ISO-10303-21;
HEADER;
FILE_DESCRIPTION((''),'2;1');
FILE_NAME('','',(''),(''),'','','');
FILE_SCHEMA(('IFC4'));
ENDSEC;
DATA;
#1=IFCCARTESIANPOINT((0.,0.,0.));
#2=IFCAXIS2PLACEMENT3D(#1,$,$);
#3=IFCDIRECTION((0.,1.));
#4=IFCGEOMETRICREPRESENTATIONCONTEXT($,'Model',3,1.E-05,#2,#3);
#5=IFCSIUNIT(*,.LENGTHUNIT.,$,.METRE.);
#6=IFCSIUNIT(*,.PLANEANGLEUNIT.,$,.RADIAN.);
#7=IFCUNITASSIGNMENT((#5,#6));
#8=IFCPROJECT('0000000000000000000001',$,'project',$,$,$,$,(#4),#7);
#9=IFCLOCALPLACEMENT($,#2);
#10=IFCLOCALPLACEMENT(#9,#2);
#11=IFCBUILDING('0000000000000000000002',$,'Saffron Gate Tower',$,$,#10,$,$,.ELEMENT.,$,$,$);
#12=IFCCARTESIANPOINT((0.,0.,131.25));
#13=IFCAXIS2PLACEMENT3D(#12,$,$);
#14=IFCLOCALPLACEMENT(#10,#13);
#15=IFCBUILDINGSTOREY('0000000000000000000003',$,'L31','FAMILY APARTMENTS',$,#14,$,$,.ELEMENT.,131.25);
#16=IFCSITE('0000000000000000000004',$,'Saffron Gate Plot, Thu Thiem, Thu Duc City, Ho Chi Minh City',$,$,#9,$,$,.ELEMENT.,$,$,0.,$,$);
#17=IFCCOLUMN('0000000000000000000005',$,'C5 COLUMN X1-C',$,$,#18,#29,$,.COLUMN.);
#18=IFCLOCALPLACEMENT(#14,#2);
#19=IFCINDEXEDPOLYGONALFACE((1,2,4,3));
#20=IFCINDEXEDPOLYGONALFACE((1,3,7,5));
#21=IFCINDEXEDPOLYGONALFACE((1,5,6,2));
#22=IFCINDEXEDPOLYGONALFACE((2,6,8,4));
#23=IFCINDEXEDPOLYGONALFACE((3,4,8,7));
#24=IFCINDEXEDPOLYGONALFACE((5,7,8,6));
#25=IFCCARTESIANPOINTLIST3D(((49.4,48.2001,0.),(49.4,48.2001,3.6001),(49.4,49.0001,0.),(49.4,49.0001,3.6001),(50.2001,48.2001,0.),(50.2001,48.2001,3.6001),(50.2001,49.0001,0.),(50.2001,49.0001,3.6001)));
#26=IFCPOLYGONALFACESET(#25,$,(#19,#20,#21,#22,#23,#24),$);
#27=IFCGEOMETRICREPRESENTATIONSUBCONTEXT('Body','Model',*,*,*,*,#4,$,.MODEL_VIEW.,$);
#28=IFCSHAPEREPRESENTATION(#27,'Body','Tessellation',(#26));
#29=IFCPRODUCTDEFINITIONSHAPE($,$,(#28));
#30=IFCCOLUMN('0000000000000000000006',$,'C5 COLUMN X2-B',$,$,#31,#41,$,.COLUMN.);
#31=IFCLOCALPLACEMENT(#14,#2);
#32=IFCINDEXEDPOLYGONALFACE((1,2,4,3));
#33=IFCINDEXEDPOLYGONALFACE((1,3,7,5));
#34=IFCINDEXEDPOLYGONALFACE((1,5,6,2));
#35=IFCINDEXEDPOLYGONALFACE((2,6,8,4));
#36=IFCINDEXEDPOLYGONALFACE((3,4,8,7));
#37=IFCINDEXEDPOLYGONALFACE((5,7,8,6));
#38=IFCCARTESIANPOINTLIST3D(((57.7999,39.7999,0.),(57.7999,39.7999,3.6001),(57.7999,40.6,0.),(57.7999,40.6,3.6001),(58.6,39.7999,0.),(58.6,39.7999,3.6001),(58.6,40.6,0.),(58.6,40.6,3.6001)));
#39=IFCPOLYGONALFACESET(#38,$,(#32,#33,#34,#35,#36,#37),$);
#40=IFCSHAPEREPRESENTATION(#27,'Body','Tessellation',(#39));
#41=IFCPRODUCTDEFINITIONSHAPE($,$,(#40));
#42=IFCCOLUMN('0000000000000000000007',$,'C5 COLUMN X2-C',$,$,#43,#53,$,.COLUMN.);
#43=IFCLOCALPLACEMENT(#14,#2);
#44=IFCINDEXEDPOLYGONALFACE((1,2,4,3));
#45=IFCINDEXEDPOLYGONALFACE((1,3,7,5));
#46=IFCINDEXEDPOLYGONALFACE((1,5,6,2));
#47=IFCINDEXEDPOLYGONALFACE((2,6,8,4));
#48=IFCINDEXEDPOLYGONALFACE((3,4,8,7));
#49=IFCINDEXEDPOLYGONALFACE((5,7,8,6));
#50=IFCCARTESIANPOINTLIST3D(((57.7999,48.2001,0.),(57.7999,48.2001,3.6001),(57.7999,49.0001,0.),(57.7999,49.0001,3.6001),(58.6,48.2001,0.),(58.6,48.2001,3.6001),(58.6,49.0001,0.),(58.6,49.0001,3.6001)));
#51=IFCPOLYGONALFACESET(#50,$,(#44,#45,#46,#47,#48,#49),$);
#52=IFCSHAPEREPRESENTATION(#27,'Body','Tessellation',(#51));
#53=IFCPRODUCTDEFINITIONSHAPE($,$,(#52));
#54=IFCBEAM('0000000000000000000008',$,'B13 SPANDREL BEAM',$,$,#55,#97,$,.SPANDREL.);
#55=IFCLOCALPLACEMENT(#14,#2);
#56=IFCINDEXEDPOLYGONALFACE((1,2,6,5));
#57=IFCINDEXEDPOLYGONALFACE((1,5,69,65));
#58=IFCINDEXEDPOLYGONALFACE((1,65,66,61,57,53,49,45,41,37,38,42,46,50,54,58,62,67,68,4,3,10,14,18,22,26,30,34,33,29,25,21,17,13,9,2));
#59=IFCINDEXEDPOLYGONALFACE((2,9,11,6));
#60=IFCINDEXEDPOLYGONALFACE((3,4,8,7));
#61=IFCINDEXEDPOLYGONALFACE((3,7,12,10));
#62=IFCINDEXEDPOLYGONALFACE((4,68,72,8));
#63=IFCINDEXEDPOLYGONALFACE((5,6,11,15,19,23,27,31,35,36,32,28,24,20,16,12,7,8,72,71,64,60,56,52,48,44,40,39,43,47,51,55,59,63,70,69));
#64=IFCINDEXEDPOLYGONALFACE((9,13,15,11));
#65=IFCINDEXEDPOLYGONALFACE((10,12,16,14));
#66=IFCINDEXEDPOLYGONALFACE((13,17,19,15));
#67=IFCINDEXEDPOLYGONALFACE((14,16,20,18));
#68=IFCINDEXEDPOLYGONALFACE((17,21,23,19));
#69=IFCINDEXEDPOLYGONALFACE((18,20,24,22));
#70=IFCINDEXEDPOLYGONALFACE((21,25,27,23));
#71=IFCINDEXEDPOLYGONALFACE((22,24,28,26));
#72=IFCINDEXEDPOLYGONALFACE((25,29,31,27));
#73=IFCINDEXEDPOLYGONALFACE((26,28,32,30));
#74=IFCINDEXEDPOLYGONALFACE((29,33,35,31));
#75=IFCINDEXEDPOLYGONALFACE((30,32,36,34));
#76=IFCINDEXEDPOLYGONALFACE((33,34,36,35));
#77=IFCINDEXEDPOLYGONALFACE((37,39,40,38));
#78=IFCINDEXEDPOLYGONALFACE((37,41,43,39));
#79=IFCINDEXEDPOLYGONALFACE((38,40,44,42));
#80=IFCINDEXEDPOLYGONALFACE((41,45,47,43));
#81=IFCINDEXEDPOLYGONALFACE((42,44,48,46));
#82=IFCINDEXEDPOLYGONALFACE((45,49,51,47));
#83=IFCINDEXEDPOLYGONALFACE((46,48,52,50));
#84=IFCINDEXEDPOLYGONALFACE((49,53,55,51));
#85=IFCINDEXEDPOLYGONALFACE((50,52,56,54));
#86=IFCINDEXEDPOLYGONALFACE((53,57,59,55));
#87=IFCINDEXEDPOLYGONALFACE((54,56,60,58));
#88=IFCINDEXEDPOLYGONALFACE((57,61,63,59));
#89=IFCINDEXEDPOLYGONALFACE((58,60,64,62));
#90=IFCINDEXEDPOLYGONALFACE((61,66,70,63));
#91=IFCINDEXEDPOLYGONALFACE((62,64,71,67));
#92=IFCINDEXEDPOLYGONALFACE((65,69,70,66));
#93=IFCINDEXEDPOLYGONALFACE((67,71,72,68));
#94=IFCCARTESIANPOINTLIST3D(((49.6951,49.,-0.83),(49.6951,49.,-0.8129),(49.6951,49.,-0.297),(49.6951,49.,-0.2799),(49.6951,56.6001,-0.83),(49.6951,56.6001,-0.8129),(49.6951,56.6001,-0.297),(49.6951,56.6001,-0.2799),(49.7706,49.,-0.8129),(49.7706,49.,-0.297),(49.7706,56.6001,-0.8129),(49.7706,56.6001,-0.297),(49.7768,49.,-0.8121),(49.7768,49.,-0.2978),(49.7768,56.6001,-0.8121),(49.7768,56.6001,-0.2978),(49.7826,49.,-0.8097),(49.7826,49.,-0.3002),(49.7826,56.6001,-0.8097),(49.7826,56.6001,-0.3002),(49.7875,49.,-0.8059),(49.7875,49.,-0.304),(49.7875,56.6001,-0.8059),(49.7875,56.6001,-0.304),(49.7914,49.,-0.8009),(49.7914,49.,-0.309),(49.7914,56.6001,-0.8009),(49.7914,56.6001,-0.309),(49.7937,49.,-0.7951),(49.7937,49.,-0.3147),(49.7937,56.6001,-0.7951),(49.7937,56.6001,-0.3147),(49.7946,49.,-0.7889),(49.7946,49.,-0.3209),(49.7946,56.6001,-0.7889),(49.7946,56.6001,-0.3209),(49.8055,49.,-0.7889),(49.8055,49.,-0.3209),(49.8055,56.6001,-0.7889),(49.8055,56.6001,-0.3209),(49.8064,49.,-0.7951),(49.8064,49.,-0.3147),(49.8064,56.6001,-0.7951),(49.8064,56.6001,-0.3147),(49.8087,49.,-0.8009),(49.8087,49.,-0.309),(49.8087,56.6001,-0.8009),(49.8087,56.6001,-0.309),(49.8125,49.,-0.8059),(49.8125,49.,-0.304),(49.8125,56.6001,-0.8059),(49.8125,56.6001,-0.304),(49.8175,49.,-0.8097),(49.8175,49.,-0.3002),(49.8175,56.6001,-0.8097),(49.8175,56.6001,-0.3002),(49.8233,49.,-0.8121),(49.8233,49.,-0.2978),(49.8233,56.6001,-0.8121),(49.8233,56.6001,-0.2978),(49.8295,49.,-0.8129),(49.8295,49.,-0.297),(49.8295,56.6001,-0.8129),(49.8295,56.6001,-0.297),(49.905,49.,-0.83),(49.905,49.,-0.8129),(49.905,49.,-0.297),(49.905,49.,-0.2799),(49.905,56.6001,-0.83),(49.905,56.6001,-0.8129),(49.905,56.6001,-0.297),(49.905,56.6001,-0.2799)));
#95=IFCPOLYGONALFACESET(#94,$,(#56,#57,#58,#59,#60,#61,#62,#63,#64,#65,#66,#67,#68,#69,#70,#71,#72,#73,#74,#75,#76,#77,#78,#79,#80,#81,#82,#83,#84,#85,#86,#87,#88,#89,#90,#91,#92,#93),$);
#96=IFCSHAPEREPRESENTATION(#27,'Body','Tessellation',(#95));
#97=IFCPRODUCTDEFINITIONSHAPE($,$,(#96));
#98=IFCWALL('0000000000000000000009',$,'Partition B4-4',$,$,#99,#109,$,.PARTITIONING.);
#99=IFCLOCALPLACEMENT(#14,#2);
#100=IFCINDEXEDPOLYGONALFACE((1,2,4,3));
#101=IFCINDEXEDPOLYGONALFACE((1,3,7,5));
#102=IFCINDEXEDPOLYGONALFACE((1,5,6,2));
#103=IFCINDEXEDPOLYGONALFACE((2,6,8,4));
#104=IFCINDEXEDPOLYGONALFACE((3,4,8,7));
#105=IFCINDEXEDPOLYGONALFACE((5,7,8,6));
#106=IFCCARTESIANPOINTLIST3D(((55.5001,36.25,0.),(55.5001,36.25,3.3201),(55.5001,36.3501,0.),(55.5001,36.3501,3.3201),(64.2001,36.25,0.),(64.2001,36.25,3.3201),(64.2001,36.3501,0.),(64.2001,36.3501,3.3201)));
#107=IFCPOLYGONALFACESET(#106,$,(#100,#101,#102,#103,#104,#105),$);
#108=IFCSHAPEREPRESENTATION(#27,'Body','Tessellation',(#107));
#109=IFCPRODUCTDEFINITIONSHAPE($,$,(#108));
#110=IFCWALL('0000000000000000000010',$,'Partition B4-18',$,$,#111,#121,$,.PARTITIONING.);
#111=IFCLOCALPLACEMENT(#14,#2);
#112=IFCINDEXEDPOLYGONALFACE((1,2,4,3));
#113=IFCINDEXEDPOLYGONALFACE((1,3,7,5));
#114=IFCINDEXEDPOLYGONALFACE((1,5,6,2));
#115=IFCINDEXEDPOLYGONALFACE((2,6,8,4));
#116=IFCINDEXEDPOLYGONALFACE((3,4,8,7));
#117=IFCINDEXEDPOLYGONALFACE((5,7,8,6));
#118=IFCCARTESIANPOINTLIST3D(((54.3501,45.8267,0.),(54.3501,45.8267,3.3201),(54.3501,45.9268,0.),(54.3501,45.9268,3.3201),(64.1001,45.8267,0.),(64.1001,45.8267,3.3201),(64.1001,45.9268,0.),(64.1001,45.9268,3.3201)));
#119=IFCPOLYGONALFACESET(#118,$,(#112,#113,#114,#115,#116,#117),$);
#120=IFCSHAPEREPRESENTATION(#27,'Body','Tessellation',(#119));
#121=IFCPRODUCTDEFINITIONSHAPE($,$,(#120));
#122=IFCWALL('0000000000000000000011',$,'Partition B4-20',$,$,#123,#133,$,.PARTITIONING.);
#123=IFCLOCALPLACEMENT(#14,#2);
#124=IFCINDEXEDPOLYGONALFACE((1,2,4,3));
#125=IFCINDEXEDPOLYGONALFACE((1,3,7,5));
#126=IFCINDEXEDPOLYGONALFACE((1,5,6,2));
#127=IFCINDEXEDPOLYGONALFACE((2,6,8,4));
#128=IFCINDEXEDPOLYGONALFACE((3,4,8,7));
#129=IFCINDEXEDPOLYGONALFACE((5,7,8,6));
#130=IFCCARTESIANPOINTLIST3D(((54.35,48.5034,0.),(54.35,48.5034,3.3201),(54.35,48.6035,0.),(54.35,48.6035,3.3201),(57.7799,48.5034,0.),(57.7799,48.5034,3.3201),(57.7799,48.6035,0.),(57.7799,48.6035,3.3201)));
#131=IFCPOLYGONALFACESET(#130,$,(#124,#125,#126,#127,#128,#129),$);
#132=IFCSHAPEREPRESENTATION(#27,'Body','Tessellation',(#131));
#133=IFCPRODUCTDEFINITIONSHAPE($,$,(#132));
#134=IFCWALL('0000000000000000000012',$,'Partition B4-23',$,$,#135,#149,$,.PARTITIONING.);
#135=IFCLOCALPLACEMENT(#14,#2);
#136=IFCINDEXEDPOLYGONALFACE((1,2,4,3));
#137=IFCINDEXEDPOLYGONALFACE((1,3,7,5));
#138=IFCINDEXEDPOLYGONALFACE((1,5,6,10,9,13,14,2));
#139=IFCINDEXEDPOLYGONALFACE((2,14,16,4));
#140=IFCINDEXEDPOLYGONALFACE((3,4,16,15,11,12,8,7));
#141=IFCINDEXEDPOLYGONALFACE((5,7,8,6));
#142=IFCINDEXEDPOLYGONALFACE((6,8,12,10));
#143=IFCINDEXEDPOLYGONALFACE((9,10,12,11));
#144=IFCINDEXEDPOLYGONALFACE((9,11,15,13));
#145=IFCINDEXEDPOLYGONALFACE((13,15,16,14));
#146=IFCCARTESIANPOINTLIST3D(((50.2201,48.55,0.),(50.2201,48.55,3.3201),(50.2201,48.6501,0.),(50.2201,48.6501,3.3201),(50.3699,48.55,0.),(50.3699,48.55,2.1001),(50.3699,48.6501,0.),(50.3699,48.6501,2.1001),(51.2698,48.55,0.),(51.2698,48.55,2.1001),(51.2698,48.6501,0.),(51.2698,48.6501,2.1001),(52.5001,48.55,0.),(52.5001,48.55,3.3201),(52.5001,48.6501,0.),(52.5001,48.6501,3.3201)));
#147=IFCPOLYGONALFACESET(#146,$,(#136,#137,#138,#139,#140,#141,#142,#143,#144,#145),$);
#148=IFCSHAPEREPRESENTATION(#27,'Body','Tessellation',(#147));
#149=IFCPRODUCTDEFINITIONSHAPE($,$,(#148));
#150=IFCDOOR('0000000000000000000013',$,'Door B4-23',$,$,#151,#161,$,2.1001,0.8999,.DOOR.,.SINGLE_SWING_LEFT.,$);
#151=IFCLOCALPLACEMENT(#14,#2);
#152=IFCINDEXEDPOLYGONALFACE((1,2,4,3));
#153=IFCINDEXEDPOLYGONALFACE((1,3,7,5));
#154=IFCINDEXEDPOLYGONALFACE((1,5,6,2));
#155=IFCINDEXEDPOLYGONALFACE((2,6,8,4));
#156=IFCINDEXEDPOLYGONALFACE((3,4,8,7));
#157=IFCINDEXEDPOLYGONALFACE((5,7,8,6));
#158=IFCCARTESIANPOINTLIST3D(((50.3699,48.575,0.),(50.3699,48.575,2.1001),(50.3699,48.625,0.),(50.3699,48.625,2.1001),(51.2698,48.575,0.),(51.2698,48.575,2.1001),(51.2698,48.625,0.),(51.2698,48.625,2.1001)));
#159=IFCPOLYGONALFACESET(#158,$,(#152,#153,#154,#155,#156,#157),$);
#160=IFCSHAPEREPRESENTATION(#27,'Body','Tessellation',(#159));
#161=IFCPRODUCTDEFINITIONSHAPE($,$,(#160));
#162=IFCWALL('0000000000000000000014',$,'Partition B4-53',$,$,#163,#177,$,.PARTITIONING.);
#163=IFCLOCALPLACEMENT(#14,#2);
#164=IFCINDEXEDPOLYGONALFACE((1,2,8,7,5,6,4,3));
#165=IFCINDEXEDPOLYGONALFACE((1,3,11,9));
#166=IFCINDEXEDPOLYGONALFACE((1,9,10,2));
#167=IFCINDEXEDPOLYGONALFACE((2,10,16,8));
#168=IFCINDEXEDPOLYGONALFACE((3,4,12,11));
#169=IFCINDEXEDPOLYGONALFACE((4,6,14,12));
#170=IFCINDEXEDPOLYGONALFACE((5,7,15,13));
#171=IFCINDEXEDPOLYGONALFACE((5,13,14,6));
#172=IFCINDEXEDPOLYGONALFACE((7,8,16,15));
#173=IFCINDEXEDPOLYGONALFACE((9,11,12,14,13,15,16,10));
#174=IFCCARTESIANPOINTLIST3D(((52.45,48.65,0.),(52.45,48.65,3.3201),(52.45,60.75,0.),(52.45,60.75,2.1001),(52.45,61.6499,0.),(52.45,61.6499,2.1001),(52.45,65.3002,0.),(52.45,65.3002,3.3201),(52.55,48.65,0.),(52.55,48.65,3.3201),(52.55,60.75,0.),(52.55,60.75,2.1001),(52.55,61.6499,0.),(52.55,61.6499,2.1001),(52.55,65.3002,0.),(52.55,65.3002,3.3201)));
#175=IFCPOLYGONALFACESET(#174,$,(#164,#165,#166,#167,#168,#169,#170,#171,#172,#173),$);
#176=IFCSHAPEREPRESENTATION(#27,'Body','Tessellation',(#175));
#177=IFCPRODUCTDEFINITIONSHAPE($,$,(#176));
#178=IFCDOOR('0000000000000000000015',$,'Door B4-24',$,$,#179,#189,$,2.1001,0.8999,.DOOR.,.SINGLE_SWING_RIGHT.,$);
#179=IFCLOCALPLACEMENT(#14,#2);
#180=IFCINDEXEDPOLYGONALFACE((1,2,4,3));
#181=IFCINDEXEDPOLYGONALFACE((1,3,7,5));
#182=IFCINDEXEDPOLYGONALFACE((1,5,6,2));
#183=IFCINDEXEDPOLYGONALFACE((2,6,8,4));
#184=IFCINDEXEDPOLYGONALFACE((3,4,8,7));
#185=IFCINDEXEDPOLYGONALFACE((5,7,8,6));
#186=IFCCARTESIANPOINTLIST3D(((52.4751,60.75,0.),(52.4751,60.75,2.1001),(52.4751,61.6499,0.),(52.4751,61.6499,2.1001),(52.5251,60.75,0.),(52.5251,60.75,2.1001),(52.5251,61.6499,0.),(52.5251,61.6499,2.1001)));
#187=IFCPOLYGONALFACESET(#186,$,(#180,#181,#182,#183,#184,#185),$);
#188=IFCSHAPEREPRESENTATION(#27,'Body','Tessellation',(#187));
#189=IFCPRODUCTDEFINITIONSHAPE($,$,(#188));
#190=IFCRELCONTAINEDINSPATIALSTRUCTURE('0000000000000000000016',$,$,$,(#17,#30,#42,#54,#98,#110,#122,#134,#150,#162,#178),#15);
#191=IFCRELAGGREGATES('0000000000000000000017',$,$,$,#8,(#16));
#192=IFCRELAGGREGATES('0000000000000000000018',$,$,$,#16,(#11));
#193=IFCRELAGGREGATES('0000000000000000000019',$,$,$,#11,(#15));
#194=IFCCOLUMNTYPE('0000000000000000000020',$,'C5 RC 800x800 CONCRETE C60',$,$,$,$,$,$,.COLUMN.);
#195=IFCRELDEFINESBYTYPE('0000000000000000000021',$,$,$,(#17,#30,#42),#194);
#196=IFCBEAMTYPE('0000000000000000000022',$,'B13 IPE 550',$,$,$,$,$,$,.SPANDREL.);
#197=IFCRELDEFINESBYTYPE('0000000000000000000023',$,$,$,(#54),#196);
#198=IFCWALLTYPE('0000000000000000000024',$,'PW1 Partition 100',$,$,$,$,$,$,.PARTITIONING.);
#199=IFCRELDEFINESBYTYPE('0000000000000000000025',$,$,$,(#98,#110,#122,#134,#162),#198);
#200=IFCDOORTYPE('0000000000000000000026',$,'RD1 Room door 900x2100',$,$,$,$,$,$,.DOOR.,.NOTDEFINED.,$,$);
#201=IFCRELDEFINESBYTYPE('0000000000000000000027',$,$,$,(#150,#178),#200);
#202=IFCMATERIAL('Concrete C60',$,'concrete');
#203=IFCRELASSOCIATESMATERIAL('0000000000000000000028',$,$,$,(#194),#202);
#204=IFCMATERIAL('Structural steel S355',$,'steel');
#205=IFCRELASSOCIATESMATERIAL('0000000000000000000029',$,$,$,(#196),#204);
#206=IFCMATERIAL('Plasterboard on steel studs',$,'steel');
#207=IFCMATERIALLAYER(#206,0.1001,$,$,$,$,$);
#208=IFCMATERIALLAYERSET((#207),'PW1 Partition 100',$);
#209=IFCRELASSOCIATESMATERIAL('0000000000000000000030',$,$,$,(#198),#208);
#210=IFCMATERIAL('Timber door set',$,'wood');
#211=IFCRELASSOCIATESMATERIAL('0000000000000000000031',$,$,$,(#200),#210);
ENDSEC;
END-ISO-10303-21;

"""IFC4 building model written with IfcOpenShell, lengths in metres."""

from ifc_helpers import new_model, si_unit, direction, frame, frame_2d, origin, origin_2d, place, context, subcontext, project, spatial, rectangle, i_section, extrude, material, layer, layer_set, material_profile, profile_set, type_object, element, fill, save


model = new_model("IFC4")

# Units and contexts
model_context = context("Model", 3, precision=1e-05, world=origin(), true_north=direction((0.0, 1.0)))
body_context = subcontext(model_context, "Body", "Model", "MODEL_VIEW")
ifc_project = project(units=[si_unit("LENGTHUNIT", "METRE"), si_unit("PLANEANGLEUNIT", "RADIAN")], contexts=[model_context])

# Site, building, storey
site_placement = place(None, origin())
site = spatial("IfcSite", under=ifc_project, at=site_placement, Name="Saffron Gate Plot, Thu Thiem, Thu Duc City, Ho Chi Minh City", CompositionType="ELEMENT", RefElevation=0.0)
building_placement = place(site_placement, origin())
building = spatial("IfcBuilding", under=site, at=building_placement, Name="Saffron Gate Tower", CompositionType="ELEMENT")
storey_placement = place(building_placement, frame((0.0, 0.0, 131.25)))
storey = spatial("IfcBuildingStorey", under=building, at=storey_placement, Name="L31", Description="FAMILY APARTMENTS", CompositionType="ELEMENT", Elevation=131.25)

# Columns
ifc_material_1 = material(Name="Concrete C60", Category="concrete")
ifc_material_profile_1 = material_profile(ifc_material_1, rectangle(XDim=0.8, YDim=0.8, at=origin_2d()))
ifc_profile_set_1 = profile_set([ifc_material_profile_1], Name="Concrete C60")
column_type = type_object("IfcColumnType", Name="C5 RC 800x800 CONCRETE C60", PredefinedType="COLUMN", material=ifc_profile_set_1)
for number, where, z_axis, x_axis, name in (
    (1, (49.8, 48.6001, 0.0), (0.0, 0.0, 1.0), (1.0, 0.0, 0.0), "C5 COLUMN X1-C"),
    (2, (58.2, 40.2, 0.0), (0.0, 0.0, 1.0), (1.0, 0.0, 0.0), "C5 COLUMN X2-B"),
    (3, (58.2, 48.6001, 0.0), (0.0, 0.0, 1.0), (1.0, 0.0, 0.0), "C5 COLUMN X2-C"),
):
    element("IfcColumn", number, at=place(storey_placement, frame(where, z_axis=z_axis, x_axis=x_axis)), inside=storey, type_object=column_type, Name=name, PredefinedType="COLUMN", context=body_context, shape_type="SweptSolid", body=[
        extrude(rectangle(XDim=0.8, YDim=0.8, at=origin_2d()), origin(), (0.0, 0.0, 1.0), 3.6001),
    ])

# Beam
ifc_material_2 = material(Name="Structural steel S355", Category="steel")
ifc_material_profile_2 = material_profile(ifc_material_2, i_section(OverallWidth=0.21, OverallDepth=0.55, WebThickness=0.011, FlangeThickness=0.0171, FilletRadius=0.0239, at=origin_2d()))
ifc_profile_set_2 = profile_set([ifc_material_profile_2], Name="Structural steel S355")
beam_type = type_object("IfcBeamType", Name="B13 IPE 550", PredefinedType="SPANDREL", material=ifc_profile_set_2)
beam_placement = place(storey_placement, frame((49.8, 49.0, -0.5549), z_axis=(0.0, 1.0, 0.0), x_axis=(-1.0, 0.0, 0.0)))
element("IfcBeam", 4, at=beam_placement, inside=storey, type_object=beam_type, Name="B13 SPANDREL BEAM", PredefinedType="SPANDREL", context=body_context, shape_type="SweptSolid", body=[
    extrude(i_section(OverallWidth=0.21, OverallDepth=0.55, WebThickness=0.011, FlangeThickness=0.0171, FilletRadius=0.0239, at=origin_2d()), origin(), (0.0, 0.0, 1.0), 7.6001),
])

# Walls
ifc_material_3 = material(Name="Plasterboard on steel studs", Category="steel")
ifc_layer = layer(ifc_material_3, 0.1001)
ifc_layer_set = layer_set([ifc_layer], Name="PW1 Partition 100")
wall_type = type_object("IfcWallType", Name="PW1 Partition 100", PredefinedType="PARTITIONING", material=ifc_layer_set)
wall_1_placement = place(storey_placement, frame((55.5, 36.3, 0.0), z_axis=(0.0, 0.0, 1.0), x_axis=(1.0, 0.0, 0.0)))
element("IfcWall", 5, at=wall_1_placement, inside=storey, type_object=wall_type, Name="Partition B4-4", PredefinedType="PARTITIONING", context=body_context, shape_type="SweptSolid", body=[
    extrude(rectangle(XDim=8.7, YDim=0.1001, at=frame_2d((4.3501, 0.0))), origin(), (0.0, 0.0, 1.0), 3.3201),
])
wall_2_placement = place(storey_placement, frame((54.3501, 45.8767, 0.0), z_axis=(0.0, 0.0, 1.0), x_axis=(1.0, 0.0, 0.0)))
element("IfcWall", 6, at=wall_2_placement, inside=storey, type_object=wall_type, Name="Partition B4-18", PredefinedType="PARTITIONING", context=body_context, shape_type="SweptSolid", body=[
    extrude(rectangle(XDim=9.75, YDim=0.1001, at=frame_2d((4.875, 0.0))), origin(), (0.0, 0.0, 1.0), 3.3201),
])
wall_3_placement = place(storey_placement, frame((54.3501, 48.5535, 0.0), z_axis=(0.0, 0.0, 1.0), x_axis=(1.0, 0.0, 0.0)))
element("IfcWall", 7, at=wall_3_placement, inside=storey, type_object=wall_type, Name="Partition B4-20", PredefinedType="PARTITIONING", context=body_context, shape_type="SweptSolid", body=[
    extrude(rectangle(XDim=3.4299, YDim=0.1001, at=frame_2d((1.7148, 0.0))), origin(), (0.0, 0.0, 1.0), 3.3201),
])

# Walls, openings, doors
wall_4_placement = place(storey_placement, frame((50.22, 48.6001, 0.0), z_axis=(0.0, 0.0, 1.0), x_axis=(1.0, 0.0, 0.0)))
wall_4 = element("IfcWall", 8, at=wall_4_placement, inside=storey, type_object=wall_type, Name="Partition B4-23", PredefinedType="PARTITIONING", context=body_context, shape_type="SweptSolid", body=[
    extrude(rectangle(XDim=2.28, YDim=0.1001, at=frame_2d((1.1401, 0.0))), origin(), (0.0, 0.0, 1.0), 3.3201),
])
opening_1_placement = place(wall_4_placement, frame((0.1499, 0.0, 0.0)))
opening_1 = element("IfcOpeningElement", 9, at=opening_1_placement, cuts=wall_4, PredefinedType="OPENING", context=body_context, shape_type="SweptSolid", body=[
    extrude(rectangle(XDim=0.8999, YDim=2.1001, at=frame_2d((0.45, 1.05))), frame((0.0, 0.0601, 0.0), z_axis=(0.0, -1.0, 0.0), x_axis=(1.0, 0.0, 0.0)), (0.0, 0.0, 1.0), 0.1201),
])
ifc_material_4 = material(Name="Timber door set", Category="wood")
door_type_1 = type_object("IfcDoorType", Name="RD1 Room door 900x2100", OperationType="NOTDEFINED", PredefinedType="DOOR", material=ifc_material_4)
door_1_placement = place(opening_1_placement, origin())
door_1 = element("IfcDoor", 10, at=door_1_placement, inside=storey, type_object=door_type_1, Name="Door B4-23", OperationType="SINGLE_SWING_LEFT", OverallHeight=2.1001, OverallWidth=0.8999, PredefinedType="DOOR", context=body_context, shape_type="SweptSolid", body=[
    extrude(rectangle(XDim=0.8999, YDim=2.1001, at=frame_2d((0.45, 1.05))), frame((0.0, 0.0249, 0.0), z_axis=(0.0, -1.0, 0.0), x_axis=(1.0, 0.0, 0.0)), (0.0, 0.0, 1.0), 0.05),
])
fill(opening_1, door_1)
wall_5_placement = place(storey_placement, frame((52.5, 48.6499, 0.0), z_axis=(0.0, 0.0, 1.0), x_axis=(0.0, 1.0, 0.0)))
wall_5 = element("IfcWall", 11, at=wall_5_placement, inside=storey, type_object=wall_type, Name="Partition B4-53", PredefinedType="PARTITIONING", context=body_context, shape_type="SweptSolid", body=[
    extrude(rectangle(XDim=16.6501, YDim=0.1001, at=frame_2d((8.3252, 0.0))), origin(), (0.0, 0.0, 1.0), 3.3201),
])
opening_2_placement = place(wall_5_placement, frame((12.1001, 0.0, 0.0)))
opening_2 = element("IfcOpeningElement", 12, at=opening_2_placement, cuts=wall_5, PredefinedType="OPENING", context=body_context, shape_type="SweptSolid", body=[
    extrude(rectangle(XDim=0.8999, YDim=2.1001, at=frame_2d((0.45, 1.05))), frame((0.0, 0.0601, 0.0), z_axis=(0.0, -1.0, 0.0), x_axis=(1.0, 0.0, 0.0)), (0.0, 0.0, 1.0), 0.1201),
])
door_2_placement = place(opening_2_placement, origin())
door_2 = element("IfcDoor", 13, at=door_2_placement, inside=storey, type_object=door_type_1, Name="Door B4-24", OperationType="SINGLE_SWING_RIGHT", OverallHeight=2.1001, OverallWidth=0.8999, PredefinedType="DOOR", context=body_context, shape_type="SweptSolid", body=[
    extrude(rectangle(XDim=0.8999, YDim=2.1001, at=frame_2d((0.45, 1.05))), frame((0.0, 0.0249, 0.0), z_axis=(0.0, -1.0, 0.0), x_axis=(1.0, 0.0, 0.0)), (0.0, 0.0, 1.0), 0.05),
])
fill(opening_2, door_2)

save(model, "model.ifc")
